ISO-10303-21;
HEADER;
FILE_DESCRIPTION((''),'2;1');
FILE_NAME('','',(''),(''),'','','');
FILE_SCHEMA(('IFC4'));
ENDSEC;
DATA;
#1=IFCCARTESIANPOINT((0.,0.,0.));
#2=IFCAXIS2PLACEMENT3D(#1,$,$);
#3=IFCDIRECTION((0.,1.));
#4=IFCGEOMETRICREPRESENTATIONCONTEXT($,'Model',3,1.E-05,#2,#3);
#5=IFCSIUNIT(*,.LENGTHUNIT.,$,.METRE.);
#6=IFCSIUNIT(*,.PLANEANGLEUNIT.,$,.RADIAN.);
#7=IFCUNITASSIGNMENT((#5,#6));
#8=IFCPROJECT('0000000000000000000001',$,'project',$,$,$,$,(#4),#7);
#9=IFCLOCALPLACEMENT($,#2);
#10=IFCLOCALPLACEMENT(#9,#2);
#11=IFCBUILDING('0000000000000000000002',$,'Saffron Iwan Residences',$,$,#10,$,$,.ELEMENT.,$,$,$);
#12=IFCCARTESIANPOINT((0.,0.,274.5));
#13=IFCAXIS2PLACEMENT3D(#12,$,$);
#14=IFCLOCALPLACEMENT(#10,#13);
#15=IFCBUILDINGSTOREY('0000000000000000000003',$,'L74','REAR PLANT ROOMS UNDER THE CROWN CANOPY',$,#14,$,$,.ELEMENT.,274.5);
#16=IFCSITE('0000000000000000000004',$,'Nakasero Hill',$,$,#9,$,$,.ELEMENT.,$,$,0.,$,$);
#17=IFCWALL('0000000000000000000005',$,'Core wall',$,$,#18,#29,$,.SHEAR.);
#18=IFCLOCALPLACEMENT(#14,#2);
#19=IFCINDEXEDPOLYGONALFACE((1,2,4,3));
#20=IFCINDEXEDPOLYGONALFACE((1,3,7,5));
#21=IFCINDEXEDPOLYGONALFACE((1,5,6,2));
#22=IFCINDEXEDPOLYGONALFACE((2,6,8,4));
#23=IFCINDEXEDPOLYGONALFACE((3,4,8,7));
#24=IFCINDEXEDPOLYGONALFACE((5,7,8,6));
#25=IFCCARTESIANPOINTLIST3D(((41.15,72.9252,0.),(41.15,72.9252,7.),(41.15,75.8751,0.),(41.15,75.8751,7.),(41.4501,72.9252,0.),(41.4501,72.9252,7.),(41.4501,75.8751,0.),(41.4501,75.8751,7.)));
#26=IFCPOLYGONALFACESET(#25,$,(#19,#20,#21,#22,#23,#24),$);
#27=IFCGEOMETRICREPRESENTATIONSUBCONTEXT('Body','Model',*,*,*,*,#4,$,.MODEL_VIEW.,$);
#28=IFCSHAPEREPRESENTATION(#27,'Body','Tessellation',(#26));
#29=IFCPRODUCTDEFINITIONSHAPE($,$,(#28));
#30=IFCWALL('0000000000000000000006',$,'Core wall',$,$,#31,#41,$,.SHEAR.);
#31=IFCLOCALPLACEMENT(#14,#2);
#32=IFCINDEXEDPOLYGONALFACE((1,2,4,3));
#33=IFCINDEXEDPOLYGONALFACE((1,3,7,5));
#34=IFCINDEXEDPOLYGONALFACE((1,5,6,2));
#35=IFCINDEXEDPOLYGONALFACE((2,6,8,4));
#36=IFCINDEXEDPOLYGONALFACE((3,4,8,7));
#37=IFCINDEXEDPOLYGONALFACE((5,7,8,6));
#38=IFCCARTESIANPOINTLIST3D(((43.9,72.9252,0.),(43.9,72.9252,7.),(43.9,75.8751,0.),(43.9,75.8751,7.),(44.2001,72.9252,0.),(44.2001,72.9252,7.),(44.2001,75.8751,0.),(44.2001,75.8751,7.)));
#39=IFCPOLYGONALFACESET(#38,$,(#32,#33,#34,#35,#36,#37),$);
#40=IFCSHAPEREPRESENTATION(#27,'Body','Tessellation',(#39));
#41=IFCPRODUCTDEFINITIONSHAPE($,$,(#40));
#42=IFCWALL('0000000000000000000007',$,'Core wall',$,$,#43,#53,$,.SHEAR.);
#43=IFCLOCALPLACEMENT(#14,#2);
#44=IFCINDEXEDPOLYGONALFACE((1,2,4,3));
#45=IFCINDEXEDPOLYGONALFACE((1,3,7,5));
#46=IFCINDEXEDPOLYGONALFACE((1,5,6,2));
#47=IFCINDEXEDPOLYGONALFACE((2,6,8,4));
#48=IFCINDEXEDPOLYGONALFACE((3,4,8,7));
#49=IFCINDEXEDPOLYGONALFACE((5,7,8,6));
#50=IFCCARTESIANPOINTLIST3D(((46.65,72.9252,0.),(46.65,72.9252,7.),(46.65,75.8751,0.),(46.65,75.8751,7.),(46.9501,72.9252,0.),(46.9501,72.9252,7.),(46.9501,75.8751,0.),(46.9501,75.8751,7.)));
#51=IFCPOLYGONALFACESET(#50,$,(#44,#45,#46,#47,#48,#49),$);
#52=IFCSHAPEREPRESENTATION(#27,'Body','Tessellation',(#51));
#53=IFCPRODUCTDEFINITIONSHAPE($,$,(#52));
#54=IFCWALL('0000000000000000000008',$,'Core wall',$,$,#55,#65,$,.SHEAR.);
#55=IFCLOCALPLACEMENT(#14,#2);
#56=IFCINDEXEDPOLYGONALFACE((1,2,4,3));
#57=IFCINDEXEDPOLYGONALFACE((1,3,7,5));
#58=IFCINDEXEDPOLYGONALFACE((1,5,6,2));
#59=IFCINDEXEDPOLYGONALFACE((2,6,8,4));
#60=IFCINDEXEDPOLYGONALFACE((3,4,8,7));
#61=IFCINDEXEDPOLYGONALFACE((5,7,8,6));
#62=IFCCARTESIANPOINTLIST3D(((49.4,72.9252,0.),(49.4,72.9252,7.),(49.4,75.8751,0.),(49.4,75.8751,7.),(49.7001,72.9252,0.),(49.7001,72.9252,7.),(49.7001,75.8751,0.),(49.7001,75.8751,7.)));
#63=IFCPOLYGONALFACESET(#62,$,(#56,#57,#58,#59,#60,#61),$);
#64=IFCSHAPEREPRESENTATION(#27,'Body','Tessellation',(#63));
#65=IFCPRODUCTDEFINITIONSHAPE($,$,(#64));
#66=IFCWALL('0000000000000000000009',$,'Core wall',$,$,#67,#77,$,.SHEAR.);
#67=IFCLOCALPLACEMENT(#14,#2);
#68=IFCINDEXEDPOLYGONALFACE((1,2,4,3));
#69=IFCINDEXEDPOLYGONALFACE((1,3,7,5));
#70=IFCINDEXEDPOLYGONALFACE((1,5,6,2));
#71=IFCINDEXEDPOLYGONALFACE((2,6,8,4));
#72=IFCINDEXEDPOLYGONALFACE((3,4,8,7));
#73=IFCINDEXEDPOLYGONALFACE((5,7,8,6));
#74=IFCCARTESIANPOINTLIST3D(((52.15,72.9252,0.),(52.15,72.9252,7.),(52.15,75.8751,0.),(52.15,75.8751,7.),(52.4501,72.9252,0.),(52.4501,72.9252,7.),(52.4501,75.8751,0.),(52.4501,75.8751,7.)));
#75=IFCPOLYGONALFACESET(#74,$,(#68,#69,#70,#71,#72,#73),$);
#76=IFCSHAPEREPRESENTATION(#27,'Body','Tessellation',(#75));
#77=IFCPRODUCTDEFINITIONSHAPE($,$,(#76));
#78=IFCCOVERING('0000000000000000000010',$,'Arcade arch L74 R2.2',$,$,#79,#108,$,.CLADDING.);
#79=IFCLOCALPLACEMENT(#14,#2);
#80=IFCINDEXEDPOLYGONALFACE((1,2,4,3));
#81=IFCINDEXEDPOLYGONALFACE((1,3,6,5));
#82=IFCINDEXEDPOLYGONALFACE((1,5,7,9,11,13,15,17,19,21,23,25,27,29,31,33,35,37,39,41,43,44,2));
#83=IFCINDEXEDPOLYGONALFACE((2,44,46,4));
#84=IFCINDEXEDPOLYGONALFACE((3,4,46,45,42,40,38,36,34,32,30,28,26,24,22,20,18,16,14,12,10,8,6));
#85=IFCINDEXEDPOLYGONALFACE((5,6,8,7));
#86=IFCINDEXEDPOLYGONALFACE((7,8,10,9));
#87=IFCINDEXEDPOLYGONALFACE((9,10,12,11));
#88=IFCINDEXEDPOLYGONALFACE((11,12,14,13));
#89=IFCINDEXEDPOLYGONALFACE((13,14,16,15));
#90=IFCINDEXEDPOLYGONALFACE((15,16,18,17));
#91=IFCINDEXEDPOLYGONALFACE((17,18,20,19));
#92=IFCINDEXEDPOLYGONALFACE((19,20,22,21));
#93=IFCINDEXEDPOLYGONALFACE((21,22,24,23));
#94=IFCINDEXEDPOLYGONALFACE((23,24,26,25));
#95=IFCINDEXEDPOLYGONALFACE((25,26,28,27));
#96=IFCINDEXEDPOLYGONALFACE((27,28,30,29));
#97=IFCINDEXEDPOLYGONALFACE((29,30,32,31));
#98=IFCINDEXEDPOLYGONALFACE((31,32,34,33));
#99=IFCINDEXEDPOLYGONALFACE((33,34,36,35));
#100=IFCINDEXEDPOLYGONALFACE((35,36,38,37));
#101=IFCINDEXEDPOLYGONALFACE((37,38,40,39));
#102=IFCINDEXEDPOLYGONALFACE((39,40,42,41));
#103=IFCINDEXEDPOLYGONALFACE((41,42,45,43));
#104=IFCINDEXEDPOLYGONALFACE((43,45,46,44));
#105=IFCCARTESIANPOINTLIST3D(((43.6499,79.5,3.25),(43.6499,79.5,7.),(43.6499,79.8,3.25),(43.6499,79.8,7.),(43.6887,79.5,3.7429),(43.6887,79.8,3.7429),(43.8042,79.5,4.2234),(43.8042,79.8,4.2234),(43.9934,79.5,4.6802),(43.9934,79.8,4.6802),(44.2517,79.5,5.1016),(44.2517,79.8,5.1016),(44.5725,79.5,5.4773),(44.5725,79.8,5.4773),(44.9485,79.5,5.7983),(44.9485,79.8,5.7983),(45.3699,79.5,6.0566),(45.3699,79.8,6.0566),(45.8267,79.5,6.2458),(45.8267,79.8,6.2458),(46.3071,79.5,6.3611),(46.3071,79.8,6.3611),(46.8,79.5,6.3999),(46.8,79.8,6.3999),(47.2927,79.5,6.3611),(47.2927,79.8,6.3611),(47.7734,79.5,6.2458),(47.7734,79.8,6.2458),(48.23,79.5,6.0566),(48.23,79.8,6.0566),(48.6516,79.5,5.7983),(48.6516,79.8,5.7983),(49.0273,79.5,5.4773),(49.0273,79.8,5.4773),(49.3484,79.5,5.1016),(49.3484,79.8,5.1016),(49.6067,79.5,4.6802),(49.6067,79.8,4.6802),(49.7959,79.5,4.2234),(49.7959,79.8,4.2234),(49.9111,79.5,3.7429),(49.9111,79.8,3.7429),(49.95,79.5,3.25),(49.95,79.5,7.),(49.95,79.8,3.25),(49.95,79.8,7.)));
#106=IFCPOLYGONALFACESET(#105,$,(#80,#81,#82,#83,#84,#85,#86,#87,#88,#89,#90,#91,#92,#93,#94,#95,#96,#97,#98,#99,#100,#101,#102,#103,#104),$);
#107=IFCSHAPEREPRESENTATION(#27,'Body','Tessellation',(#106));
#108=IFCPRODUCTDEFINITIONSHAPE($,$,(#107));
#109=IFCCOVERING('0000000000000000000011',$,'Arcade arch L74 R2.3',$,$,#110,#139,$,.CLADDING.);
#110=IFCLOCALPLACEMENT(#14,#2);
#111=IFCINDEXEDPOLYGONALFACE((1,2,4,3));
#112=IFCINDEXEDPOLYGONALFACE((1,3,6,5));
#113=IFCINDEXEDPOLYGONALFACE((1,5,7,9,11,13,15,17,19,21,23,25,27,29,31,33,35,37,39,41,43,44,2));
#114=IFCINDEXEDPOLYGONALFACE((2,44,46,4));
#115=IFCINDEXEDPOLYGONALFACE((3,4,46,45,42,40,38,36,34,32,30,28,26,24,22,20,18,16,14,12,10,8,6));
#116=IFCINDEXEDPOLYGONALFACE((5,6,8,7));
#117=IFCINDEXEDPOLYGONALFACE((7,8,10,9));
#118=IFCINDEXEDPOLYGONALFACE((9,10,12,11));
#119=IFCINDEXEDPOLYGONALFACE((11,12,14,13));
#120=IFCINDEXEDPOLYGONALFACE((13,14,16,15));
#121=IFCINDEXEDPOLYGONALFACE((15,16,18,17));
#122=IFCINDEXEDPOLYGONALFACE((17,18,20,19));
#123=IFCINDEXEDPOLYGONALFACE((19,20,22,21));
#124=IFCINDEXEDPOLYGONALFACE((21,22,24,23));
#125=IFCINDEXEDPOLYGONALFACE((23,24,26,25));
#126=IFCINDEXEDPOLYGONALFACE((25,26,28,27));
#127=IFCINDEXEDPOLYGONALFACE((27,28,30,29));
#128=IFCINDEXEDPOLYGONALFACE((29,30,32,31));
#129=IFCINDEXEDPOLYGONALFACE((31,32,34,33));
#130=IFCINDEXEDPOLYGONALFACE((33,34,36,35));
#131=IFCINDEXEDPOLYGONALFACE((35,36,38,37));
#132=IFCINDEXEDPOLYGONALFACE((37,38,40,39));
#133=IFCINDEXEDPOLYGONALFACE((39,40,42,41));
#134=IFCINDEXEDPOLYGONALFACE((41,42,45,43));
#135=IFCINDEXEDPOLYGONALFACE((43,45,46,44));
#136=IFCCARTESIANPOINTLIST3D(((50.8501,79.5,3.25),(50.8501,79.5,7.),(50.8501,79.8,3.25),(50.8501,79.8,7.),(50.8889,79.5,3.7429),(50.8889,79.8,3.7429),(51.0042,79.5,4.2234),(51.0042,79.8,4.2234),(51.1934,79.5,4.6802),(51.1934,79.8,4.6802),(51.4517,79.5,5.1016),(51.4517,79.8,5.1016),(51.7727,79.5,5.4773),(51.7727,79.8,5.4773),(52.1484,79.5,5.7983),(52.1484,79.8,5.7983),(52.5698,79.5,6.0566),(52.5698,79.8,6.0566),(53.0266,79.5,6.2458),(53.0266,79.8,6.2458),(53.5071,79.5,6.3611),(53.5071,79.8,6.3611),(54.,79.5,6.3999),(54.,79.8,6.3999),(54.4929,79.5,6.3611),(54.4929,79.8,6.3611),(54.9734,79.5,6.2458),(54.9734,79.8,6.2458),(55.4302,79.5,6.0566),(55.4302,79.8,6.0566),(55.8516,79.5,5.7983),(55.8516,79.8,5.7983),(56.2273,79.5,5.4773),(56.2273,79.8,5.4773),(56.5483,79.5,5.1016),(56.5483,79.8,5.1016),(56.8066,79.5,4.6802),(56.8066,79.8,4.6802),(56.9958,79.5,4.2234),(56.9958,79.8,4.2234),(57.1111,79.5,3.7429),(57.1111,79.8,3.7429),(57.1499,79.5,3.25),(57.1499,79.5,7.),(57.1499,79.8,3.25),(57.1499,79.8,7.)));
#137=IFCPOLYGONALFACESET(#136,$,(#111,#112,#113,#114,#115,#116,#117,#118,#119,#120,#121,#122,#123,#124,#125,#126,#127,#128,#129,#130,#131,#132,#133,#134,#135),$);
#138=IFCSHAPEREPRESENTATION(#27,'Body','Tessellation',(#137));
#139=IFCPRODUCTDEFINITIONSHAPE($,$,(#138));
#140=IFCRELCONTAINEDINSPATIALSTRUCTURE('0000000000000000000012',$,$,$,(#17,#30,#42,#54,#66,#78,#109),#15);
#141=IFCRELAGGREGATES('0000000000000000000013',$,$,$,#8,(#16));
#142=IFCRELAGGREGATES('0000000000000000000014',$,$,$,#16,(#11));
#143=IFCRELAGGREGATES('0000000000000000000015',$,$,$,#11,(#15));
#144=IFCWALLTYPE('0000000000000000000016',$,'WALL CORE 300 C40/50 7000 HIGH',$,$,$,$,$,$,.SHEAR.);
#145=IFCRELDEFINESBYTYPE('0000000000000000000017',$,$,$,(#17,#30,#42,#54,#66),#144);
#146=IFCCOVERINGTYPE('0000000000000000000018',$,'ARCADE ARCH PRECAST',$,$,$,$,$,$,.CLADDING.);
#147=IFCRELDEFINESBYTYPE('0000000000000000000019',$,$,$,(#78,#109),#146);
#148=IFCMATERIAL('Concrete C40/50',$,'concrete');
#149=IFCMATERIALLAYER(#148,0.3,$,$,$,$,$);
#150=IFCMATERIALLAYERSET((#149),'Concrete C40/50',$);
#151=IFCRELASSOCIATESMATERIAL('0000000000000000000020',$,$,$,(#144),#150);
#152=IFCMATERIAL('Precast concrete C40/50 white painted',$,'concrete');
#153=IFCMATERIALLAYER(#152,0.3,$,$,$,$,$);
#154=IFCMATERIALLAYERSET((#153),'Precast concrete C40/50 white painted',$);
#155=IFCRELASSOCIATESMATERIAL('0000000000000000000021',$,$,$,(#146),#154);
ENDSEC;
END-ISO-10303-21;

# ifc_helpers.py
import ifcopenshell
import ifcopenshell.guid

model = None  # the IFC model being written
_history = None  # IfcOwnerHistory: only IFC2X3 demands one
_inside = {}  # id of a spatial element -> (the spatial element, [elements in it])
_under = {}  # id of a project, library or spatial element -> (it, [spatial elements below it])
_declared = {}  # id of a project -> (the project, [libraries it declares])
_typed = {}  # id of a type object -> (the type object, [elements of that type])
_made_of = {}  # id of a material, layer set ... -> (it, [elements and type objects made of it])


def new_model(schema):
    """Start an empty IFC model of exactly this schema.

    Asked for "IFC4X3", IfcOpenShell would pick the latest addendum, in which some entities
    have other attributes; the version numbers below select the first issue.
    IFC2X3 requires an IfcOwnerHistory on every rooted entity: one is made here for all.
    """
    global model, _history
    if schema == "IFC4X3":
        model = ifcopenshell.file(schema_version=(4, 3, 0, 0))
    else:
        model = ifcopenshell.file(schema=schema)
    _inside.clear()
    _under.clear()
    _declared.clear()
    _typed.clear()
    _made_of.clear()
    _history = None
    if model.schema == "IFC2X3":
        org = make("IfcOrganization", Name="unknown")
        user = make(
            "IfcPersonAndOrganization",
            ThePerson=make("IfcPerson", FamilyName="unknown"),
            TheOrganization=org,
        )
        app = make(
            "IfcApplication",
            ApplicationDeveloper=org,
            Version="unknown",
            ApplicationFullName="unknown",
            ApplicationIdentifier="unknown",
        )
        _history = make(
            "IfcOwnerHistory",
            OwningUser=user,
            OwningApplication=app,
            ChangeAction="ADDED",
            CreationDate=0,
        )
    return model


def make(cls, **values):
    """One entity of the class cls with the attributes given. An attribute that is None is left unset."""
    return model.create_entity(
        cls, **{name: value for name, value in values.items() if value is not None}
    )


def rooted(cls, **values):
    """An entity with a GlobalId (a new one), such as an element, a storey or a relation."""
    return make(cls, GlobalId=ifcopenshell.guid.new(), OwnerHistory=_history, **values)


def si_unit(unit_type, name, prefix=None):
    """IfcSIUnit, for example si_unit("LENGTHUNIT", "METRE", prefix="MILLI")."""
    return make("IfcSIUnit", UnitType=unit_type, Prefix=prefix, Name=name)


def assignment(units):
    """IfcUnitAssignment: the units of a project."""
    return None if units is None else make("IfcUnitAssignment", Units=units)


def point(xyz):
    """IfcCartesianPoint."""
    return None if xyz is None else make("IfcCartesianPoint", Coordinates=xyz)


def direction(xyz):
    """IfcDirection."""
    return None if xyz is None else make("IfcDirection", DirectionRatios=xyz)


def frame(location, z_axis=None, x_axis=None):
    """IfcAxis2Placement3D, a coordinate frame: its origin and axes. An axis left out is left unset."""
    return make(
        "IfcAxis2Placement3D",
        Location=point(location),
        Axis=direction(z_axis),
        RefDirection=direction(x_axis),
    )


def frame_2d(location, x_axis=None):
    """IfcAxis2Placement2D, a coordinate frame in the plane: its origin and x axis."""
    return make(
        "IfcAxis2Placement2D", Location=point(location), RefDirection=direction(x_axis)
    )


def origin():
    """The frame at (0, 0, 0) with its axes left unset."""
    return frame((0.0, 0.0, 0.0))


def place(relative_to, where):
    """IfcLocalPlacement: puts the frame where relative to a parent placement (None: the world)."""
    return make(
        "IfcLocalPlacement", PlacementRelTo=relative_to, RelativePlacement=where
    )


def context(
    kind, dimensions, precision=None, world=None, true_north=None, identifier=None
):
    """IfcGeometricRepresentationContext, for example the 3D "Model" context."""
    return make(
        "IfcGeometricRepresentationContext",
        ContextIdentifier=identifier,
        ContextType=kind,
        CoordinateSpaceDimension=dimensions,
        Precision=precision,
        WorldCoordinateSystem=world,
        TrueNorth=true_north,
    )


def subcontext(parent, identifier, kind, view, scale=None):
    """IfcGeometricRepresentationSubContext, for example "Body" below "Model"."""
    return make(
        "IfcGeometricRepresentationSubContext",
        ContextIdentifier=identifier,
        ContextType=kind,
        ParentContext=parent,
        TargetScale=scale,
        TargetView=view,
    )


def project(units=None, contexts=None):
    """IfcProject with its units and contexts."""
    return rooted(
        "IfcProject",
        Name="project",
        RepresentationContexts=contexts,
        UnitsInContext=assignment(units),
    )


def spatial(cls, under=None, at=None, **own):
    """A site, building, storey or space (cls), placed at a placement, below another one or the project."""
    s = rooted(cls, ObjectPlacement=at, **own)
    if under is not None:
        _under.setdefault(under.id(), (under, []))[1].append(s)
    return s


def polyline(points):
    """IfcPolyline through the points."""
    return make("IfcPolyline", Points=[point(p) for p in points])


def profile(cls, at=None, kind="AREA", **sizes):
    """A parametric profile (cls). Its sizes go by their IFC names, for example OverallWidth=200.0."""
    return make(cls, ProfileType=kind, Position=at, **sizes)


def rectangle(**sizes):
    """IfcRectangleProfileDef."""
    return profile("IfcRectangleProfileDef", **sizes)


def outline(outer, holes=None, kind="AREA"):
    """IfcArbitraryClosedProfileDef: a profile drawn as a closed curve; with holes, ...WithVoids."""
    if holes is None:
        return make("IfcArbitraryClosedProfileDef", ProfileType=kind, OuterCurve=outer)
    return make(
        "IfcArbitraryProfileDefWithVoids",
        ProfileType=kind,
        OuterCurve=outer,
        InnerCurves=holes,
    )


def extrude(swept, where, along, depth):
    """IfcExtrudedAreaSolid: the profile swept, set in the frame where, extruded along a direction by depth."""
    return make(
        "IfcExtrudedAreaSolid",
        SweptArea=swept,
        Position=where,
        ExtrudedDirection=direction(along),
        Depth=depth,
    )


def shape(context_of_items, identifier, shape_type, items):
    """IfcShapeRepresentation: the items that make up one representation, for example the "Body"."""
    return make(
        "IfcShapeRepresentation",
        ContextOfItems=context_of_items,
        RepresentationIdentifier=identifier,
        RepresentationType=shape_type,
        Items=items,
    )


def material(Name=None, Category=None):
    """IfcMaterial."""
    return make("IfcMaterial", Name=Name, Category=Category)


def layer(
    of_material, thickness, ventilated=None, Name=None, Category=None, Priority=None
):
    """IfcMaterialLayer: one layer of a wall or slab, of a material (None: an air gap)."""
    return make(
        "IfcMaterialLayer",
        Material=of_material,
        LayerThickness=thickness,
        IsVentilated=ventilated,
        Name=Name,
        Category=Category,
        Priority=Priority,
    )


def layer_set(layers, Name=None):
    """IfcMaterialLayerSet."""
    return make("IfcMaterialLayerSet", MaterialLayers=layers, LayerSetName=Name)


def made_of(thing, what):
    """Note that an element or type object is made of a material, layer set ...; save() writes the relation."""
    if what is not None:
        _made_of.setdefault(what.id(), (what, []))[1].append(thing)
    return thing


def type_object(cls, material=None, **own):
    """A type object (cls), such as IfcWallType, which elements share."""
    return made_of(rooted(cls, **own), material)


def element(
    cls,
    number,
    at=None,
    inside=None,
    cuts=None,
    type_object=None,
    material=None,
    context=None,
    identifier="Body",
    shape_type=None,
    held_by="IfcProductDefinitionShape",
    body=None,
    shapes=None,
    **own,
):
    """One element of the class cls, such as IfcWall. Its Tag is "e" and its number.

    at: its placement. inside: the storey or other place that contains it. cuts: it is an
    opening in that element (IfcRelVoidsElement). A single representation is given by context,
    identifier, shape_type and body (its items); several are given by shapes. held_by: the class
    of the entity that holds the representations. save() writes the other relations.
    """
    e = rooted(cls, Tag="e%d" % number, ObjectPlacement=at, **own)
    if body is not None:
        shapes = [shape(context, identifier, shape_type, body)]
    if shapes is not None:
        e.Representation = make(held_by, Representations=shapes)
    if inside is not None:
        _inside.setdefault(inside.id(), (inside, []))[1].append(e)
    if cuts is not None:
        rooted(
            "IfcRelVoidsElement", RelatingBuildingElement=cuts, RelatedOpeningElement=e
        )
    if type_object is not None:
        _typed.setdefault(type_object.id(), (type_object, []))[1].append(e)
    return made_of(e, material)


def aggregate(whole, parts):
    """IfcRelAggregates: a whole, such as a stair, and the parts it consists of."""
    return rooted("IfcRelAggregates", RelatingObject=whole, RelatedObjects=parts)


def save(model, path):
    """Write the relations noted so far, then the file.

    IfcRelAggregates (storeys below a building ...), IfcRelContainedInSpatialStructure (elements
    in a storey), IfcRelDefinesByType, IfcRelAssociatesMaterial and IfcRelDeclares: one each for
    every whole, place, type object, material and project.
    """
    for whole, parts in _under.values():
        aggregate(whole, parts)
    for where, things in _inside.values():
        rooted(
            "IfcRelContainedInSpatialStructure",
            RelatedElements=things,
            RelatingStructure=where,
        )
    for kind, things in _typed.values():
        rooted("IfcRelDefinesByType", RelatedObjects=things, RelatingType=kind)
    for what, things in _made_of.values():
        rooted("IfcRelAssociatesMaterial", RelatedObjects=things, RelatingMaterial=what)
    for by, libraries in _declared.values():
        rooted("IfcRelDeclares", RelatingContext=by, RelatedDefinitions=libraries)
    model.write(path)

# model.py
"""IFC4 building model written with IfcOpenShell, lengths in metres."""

from ifc_helpers import new_model, si_unit, direction, frame, frame_2d, origin, place, context, subcontext, project, spatial, polyline, rectangle, outline, extrude, material, layer, layer_set, type_object, element, save


model = new_model("IFC4")

# Units and contexts
model_context = context("Model", 3, precision=1e-05, world=origin(), true_north=direction((0.0, 1.0)))
body_context = subcontext(model_context, "Body", "Model", "MODEL_VIEW")
ifc_project = project(units=[si_unit("LENGTHUNIT", "METRE"), si_unit("PLANEANGLEUNIT", "RADIAN")], contexts=[model_context])

# Site, building, storey
site_placement = place(None, origin())
site = spatial("IfcSite", under=ifc_project, at=site_placement, Name="Nakasero Hill", CompositionType="ELEMENT", RefElevation=0.0)
building_placement = place(site_placement, origin())
building = spatial("IfcBuilding", under=site, at=building_placement, Name="Saffron Iwan Residences", CompositionType="ELEMENT")
storey_placement = place(building_placement, frame((0.0, 0.0, 274.5)))
storey = spatial("IfcBuildingStorey", under=building, at=storey_placement, Name="L74", Description="REAR PLANT ROOMS UNDER THE CROWN CANOPY", CompositionType="ELEMENT", Elevation=274.5)

# Shared definitions
ifc_material_1 = material(Name="Concrete C40/50", Category="concrete")

# Walls
ifc_layer_1 = layer(ifc_material_1, 0.3)
ifc_layer_set_1 = layer_set([ifc_layer_1], Name="Concrete C40/50")
wall_type_1 = type_object("IfcWallType", Name="WALL CORE 300 C40/50 7000 HIGH", PredefinedType="SHEAR", material=ifc_layer_set_1)
for number, where, z_axis, x_axis, name in (
    (1, (41.3, 72.925, 0.0), (0.0, 0.0, 1.0), (0.0, 1.0, 0.0), "Core wall"),
    (2, (44.05, 72.925, 0.0), (0.0, 0.0, 1.0), (0.0, 1.0, 0.0), "Core wall"),
    (3, (46.8, 72.925, 0.0), (0.0, 0.0, 1.0), (0.0, 1.0, 0.0), "Core wall"),
    (4, (49.55, 72.925, 0.0), (0.0, 0.0, 1.0), (0.0, 1.0, 0.0), "Core wall"),
    (5, (52.3, 72.925, 0.0), (0.0, 0.0, 1.0), (0.0, 1.0, 0.0), "Core wall"),
):
    element("IfcWall", number, at=place(storey_placement, frame(where, z_axis=z_axis, x_axis=x_axis)), inside=storey, type_object=wall_type_1, Name=name, PredefinedType="SHEAR", context=body_context, shape_type="SweptSolid", body=[
        extrude(rectangle(XDim=2.95, YDim=0.3, at=frame_2d((1.4751, 0.0))), origin(), (0.0, 0.0, 1.0), 7.0),
    ])

# Coverings
ifc_material_2 = material(Name="Precast concrete C40/50 white painted", Category="concrete")
ifc_layer_2 = layer(ifc_material_2, 0.3)
ifc_layer_set_2 = layer_set([ifc_layer_2], Name="Precast concrete C40/50 white painted")
covering_type = type_object("IfcCoveringType", Name="ARCADE ARCH PRECAST", PredefinedType="CLADDING", material=ifc_layer_set_2)
covering_1_placement = place(storey_placement, frame((43.6499, 79.8, 3.25), z_axis=(0.0, 1.0, 0.0), x_axis=(0.0, 0.0, 1.0)))
element("IfcCovering", 6, at=covering_1_placement, inside=storey, type_object=covering_type, Name="Arcade arch L74 R2.2", PredefinedType="CLADDING", context=body_context, shape_type="SweptSolid", body=[
    extrude(outline(polyline([(0.0, 0.0), (3.75, 0.0), (3.75, 6.3), (0.0, 6.3), (0.4929, 6.2612), (0.9734, 6.146), (1.4302, 5.9568), (1.8516, 5.6985), (2.2273, 5.3774), (2.5483, 5.0017), (2.8066, 4.5801), (2.9958, 4.1235), (3.1111, 3.6428), (3.1499, 3.1501), (3.1111, 2.6572), (2.9958, 2.1768), (2.8066, 1.72), (2.5483, 1.2986), (2.2273, 0.9226), (1.8516, 0.6018), (1.4302, 0.3435), (0.9734, 0.1543), (0.4929, 0.0388), (0.0, 0.0)])), origin(), (0.0, 0.0, -1.0), 0.3),
])
covering_2_placement = place(storey_placement, frame((50.8501, 79.8, 3.25), z_axis=(0.0, 1.0, 0.0), x_axis=(0.0, 0.0, 1.0)))
element("IfcCovering", 7, at=covering_2_placement, inside=storey, type_object=covering_type, Name="Arcade arch L74 R2.3", PredefinedType="CLADDING", context=body_context, shape_type="SweptSolid", body=[
    extrude(outline(polyline([(0.0, 0.0), (3.75, 0.0), (3.75, 6.2998), (0.0, 6.2998), (0.4929, 6.261), (0.9734, 6.1458), (1.4302, 5.9565), (1.8516, 5.6982), (2.2273, 5.3772), (2.5483, 5.0015), (2.8066, 4.5801), (2.9958, 4.1233), (3.1111, 3.6428), (3.1499, 3.1499), (3.1111, 2.657), (2.9958, 2.1765), (2.8066, 1.7197), (2.5483, 1.2983), (2.2273, 0.9226), (1.8516, 0.6016), (1.4302, 0.3433), (0.9734, 0.1541), (0.4929, 0.0388), (0.0, 0.0)])), origin(), (0.0, 0.0, -1.0), 0.3),
])

save(model, "model.ifc")
